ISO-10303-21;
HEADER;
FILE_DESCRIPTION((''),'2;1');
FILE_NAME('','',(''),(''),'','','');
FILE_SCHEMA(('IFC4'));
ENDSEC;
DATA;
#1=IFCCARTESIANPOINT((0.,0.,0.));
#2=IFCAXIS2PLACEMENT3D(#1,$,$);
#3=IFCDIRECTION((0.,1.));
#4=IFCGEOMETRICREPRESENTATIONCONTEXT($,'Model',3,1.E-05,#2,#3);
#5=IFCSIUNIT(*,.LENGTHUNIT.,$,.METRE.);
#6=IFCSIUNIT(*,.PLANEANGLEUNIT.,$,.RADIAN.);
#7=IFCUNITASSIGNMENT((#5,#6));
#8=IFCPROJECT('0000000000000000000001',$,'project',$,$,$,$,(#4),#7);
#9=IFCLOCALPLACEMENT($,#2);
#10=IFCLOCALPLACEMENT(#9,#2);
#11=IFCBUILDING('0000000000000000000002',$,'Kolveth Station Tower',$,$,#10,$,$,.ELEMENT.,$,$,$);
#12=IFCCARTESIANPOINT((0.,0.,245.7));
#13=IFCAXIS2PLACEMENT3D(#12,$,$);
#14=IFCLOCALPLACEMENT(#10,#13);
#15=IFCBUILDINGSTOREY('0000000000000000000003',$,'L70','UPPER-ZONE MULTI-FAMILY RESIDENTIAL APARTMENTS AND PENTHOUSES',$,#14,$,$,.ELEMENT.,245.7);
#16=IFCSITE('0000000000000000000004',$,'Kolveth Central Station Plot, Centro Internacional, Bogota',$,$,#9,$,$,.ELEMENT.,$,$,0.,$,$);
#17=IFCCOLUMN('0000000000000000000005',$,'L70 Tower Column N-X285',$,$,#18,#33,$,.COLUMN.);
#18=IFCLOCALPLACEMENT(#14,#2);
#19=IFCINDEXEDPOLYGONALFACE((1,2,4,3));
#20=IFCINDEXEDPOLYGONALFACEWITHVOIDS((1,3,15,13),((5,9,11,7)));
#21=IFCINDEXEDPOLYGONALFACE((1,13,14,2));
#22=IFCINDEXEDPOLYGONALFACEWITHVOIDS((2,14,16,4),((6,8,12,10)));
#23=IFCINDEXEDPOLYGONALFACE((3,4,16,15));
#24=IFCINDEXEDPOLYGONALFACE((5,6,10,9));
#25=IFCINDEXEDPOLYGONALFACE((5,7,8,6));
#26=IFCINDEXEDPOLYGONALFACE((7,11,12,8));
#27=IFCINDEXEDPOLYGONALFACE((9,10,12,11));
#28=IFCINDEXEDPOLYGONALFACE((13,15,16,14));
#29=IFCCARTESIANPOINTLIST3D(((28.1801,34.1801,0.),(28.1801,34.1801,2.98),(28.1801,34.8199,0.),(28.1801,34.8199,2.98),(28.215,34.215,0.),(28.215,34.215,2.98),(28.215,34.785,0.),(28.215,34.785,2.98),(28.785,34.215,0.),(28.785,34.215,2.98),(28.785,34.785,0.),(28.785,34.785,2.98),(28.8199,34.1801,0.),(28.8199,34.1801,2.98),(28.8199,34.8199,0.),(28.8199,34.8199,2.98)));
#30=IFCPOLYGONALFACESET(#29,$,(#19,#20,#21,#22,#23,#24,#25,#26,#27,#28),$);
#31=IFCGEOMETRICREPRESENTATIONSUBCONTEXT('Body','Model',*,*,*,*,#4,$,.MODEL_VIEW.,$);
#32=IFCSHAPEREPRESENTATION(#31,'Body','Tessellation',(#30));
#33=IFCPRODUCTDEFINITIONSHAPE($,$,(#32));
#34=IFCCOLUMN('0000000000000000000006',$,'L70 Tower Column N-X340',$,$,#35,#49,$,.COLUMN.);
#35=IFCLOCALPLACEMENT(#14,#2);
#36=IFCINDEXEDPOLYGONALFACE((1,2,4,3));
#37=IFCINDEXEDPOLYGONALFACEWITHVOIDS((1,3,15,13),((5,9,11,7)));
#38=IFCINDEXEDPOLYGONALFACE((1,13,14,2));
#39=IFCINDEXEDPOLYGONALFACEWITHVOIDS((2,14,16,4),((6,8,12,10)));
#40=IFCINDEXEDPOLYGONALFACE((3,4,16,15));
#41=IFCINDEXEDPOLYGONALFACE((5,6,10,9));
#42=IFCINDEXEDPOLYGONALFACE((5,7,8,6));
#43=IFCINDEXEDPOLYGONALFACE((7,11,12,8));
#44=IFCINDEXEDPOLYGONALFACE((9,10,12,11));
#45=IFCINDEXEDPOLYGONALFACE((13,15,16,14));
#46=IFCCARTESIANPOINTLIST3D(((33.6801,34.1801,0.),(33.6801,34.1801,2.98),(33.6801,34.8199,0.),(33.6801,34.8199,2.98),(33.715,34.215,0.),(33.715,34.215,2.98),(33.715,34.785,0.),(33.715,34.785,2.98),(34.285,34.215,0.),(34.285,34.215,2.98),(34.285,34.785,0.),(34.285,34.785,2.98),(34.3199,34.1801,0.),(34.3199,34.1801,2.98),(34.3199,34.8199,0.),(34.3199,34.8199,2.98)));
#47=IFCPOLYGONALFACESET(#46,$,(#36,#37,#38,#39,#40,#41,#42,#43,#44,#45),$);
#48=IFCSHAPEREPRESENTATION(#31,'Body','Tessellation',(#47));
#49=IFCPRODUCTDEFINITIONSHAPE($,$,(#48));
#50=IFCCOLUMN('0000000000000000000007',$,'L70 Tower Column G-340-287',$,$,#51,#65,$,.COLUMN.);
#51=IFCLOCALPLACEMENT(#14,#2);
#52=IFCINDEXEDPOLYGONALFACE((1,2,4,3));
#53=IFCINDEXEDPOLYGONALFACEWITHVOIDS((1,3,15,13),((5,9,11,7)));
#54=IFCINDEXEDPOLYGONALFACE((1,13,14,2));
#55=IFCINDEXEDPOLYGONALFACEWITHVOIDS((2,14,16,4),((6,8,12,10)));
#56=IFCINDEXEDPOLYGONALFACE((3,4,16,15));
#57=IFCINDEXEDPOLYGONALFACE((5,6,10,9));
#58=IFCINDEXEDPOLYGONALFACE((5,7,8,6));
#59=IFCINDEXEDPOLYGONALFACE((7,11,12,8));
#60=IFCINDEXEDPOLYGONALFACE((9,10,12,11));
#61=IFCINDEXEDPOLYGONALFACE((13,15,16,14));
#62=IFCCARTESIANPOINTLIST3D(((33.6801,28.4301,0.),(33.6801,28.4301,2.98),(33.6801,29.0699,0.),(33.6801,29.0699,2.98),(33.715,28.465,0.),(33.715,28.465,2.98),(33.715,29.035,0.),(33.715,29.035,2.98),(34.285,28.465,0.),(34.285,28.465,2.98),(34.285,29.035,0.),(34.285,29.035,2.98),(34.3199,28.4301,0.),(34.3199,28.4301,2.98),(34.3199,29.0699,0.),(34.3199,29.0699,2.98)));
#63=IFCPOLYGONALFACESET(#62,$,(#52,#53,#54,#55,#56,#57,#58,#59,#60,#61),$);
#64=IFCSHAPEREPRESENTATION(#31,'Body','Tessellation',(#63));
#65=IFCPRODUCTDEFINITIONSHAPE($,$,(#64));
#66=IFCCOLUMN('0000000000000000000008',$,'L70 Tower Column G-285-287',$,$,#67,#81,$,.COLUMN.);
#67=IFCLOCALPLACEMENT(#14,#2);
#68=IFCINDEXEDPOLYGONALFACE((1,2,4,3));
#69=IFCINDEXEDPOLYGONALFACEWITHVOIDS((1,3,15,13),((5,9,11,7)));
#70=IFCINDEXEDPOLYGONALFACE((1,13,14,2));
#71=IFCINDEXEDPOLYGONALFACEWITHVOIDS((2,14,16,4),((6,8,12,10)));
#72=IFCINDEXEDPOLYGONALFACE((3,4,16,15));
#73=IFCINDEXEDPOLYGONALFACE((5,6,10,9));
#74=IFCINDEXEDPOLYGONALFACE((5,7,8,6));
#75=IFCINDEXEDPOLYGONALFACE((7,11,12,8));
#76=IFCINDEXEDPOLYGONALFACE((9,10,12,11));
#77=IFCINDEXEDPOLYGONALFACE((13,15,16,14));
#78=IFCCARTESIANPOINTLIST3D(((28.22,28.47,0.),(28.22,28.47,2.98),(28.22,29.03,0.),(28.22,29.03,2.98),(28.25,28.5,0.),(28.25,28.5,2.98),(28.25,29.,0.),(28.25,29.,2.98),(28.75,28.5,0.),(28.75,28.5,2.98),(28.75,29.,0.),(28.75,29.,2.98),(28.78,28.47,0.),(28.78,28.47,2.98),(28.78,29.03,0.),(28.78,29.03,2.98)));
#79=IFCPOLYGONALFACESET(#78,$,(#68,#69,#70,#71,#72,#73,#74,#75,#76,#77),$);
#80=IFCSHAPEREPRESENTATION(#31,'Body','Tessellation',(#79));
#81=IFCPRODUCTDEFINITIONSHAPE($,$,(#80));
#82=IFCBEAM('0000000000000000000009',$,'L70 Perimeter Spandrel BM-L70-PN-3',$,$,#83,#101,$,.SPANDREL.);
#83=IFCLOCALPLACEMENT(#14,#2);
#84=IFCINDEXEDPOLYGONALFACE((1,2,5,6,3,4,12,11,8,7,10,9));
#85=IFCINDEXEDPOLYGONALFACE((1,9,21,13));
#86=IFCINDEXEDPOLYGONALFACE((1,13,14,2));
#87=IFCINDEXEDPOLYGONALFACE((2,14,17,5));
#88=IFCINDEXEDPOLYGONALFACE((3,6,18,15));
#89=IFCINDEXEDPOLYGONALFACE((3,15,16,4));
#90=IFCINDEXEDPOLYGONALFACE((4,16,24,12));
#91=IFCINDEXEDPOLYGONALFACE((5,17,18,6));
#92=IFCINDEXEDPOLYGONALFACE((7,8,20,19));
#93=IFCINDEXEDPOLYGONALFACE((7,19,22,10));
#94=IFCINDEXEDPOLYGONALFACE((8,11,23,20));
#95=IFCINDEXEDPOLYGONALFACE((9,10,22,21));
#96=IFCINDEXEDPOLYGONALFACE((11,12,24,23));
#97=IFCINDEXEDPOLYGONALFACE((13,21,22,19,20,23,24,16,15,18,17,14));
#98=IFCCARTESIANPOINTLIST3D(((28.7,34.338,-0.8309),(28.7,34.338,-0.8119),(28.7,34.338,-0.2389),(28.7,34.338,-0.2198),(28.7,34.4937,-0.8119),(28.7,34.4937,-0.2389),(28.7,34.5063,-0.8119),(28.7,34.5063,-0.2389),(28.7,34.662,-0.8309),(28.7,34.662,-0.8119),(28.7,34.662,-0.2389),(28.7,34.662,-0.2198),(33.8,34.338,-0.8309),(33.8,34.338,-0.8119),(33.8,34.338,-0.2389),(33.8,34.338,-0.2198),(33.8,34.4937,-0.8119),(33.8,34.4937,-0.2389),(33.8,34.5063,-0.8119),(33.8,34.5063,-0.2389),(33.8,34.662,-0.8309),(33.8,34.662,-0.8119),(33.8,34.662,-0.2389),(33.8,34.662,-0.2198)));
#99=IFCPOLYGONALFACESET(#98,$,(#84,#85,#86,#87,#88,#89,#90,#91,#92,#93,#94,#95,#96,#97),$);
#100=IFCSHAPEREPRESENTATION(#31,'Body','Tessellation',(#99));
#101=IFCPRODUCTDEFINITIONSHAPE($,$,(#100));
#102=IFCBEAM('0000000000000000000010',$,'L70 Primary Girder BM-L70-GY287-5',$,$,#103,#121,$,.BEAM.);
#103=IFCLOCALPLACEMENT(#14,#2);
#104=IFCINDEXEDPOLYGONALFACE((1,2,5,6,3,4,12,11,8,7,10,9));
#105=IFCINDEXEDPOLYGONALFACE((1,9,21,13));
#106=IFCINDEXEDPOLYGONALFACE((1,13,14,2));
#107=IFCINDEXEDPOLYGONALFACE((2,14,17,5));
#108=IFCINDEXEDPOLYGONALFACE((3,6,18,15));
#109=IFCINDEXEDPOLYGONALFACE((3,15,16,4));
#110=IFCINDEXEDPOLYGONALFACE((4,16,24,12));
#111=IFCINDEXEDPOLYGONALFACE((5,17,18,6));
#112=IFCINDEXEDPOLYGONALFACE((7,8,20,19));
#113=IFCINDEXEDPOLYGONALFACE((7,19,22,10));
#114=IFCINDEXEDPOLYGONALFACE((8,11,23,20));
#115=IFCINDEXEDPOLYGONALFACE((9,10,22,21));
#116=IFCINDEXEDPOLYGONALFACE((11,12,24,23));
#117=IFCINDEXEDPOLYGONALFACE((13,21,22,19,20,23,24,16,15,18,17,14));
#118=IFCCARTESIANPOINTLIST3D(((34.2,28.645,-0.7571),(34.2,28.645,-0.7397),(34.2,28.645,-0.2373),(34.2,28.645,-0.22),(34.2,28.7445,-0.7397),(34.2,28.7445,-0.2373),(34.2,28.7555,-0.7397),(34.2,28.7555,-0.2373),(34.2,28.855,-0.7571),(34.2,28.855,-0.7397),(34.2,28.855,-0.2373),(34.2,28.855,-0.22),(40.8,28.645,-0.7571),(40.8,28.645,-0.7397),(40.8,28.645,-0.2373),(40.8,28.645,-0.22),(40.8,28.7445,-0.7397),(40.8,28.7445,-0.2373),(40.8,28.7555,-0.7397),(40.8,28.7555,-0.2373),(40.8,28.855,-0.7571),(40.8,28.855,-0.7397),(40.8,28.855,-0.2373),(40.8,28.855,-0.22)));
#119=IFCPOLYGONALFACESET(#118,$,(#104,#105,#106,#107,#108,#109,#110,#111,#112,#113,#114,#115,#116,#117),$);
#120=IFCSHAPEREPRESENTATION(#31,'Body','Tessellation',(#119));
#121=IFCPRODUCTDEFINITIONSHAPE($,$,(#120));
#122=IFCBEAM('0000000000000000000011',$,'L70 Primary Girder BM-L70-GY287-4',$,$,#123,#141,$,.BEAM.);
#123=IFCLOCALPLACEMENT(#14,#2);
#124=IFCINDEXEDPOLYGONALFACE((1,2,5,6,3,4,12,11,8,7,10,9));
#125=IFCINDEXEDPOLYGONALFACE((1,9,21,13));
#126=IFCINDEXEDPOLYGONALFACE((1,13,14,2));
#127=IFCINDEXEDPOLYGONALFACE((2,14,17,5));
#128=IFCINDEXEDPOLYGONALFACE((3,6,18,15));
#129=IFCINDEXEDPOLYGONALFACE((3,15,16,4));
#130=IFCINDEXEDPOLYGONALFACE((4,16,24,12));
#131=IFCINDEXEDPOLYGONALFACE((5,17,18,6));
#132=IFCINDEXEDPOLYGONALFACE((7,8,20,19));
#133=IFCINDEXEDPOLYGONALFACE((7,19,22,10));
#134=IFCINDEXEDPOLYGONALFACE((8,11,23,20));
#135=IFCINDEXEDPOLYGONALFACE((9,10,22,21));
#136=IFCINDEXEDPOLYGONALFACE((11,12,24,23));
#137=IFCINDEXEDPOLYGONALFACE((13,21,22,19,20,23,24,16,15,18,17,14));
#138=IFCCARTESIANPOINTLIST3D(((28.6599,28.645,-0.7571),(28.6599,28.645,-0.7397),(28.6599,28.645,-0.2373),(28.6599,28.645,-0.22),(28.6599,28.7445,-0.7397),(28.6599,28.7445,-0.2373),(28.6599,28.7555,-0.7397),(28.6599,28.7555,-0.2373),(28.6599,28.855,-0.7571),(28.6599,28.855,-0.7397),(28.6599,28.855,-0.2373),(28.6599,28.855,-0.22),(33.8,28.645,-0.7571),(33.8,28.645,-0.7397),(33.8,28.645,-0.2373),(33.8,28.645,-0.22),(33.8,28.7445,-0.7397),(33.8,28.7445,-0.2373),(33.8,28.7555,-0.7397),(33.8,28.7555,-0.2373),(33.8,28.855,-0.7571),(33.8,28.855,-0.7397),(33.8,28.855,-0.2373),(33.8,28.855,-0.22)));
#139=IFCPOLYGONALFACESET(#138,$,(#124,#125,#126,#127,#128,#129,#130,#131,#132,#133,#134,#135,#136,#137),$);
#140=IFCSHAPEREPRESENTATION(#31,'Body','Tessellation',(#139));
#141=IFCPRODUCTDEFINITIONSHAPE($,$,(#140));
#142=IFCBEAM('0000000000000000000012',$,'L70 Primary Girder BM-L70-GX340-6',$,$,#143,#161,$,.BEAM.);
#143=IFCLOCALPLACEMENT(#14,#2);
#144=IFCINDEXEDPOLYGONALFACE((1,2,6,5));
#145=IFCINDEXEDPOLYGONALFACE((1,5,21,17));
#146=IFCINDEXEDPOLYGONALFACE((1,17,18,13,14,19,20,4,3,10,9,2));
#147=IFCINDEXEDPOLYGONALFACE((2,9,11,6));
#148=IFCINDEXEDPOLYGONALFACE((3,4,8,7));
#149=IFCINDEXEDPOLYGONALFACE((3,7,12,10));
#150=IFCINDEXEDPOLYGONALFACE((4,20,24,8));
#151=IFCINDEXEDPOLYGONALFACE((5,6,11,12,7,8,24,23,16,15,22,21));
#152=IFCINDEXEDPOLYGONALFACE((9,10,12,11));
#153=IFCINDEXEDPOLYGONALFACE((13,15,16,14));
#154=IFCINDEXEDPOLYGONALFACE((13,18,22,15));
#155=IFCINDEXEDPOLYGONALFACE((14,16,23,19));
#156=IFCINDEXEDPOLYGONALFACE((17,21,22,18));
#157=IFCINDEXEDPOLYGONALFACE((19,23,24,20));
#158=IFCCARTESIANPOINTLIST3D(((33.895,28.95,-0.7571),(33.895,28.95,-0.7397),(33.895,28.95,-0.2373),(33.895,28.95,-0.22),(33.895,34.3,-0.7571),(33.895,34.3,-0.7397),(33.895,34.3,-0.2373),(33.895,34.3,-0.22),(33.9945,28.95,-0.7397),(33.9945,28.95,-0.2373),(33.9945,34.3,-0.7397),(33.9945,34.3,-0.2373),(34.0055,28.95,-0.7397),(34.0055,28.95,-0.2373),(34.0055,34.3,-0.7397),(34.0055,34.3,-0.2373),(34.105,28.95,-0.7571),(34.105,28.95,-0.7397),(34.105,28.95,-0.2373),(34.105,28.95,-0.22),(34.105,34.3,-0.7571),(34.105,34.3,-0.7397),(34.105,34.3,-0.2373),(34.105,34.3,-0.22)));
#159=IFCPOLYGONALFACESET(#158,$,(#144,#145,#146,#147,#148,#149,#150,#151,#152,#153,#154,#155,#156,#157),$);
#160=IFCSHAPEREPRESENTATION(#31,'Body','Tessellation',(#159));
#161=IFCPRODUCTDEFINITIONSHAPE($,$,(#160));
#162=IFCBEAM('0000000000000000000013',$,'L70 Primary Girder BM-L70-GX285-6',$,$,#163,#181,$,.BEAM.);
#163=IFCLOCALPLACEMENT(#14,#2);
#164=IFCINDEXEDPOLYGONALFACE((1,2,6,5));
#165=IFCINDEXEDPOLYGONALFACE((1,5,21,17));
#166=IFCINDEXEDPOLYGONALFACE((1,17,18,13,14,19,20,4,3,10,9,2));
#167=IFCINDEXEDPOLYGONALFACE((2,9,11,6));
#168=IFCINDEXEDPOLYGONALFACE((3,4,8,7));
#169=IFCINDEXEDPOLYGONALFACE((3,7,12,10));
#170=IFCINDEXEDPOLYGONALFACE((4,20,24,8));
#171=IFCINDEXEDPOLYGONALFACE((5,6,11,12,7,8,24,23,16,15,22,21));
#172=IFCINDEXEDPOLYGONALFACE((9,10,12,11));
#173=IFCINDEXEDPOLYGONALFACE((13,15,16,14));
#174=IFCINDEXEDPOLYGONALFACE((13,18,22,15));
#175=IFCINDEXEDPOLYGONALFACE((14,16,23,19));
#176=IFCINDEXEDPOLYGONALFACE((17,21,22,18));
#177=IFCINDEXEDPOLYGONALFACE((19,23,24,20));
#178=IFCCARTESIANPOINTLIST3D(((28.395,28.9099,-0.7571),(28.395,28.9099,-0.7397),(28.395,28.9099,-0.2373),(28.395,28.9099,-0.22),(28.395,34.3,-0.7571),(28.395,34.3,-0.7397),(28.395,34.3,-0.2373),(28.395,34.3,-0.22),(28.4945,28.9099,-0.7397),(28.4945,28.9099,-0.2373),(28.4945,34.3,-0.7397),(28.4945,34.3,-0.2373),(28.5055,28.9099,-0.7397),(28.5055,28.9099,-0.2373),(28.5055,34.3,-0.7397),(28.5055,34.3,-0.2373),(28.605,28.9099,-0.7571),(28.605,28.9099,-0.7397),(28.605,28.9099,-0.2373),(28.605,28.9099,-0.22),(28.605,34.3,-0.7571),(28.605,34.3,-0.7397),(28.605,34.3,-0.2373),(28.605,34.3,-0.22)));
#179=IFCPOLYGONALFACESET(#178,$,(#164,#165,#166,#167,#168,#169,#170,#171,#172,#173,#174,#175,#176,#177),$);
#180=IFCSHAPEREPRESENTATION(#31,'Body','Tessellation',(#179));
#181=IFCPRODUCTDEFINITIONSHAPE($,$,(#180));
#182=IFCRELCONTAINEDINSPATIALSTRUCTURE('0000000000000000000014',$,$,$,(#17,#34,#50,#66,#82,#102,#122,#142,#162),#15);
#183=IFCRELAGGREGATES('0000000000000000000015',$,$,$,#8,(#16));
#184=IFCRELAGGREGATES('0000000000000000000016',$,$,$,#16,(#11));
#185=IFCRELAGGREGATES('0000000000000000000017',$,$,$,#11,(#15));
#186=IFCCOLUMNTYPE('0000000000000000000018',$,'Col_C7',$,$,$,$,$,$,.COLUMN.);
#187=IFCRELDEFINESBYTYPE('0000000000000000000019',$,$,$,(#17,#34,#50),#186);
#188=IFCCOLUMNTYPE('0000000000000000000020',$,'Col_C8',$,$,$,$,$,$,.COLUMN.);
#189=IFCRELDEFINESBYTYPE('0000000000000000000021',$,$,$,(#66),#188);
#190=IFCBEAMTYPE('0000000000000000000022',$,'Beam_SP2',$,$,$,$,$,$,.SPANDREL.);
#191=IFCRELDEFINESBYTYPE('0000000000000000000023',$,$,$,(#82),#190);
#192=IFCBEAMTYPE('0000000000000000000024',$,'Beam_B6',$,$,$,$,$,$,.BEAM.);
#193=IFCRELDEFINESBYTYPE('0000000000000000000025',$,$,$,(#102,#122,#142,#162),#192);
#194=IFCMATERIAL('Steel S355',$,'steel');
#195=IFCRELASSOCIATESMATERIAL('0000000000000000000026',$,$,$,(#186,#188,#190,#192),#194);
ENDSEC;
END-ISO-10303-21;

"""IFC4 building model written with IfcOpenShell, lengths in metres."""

from ifc_helpers import new_model, si_unit, direction, frame, origin, origin_2d, place, context, subcontext, project, spatial, hollow_rectangle, i_section, extrude, source, transform, mapped, material, material_profile, profile_set, type_object, element, save


model = new_model("IFC4")

# Units and contexts
model_context = context("Model", 3, precision=1e-05, world=origin(), true_north=direction((0.0, 1.0)))
body_context = subcontext(model_context, "Body", "Model", "MODEL_VIEW")
ifc_project = project(units=[si_unit("LENGTHUNIT", "METRE"), si_unit("PLANEANGLEUNIT", "RADIAN")], contexts=[model_context])

# Site, building, storey
site_placement = place(None, origin())
site = spatial("IfcSite", under=ifc_project, at=site_placement, Name="Kolveth Central Station Plot, Centro Internacional, Bogota", CompositionType="ELEMENT", RefElevation=0.0)
building_placement = place(site_placement, origin())
building = spatial("IfcBuilding", under=site, at=building_placement, Name="Kolveth Station Tower", CompositionType="ELEMENT")
storey_placement = place(building_placement, frame((0.0, 0.0, 245.7)))
storey = spatial("IfcBuildingStorey", under=building, at=storey_placement, Name="L70", Description="UPPER-ZONE MULTI-FAMILY RESIDENTIAL APARTMENTS AND PENTHOUSES", CompositionType="ELEMENT", Elevation=245.7)

# Columns
ifc_material_1 = material(Name="Steel S355", Category="steel")
ifc_material_profile_1 = material_profile(ifc_material_1, hollow_rectangle(XDim=0.6399, YDim=0.6399, WallThickness=0.0349, at=origin_2d()), Name="BOX640x640x35")
ifc_profile_set_1 = profile_set([ifc_material_profile_1], Name="Steel S355")
column_type_1 = type_object("IfcColumnType", Name="Col_C7", PredefinedType="COLUMN", material=ifc_profile_set_1)
shared_shape_1 = source(origin(), body_context, "Body", "SweptSolid", [
    extrude(hollow_rectangle(XDim=0.6399, YDim=0.6399, WallThickness=0.0349, at=origin_2d()), origin(), (0.0, 0.0, 1.0), 2.98),
])
for number, where, z_axis, x_axis, name in (
    (1, (28.5, 34.5, 0.0), (0.0, 0.0, 1.0), (1.0, 0.0, 0.0), "L70 Tower Column N-X285"),
    (2, (34.0, 34.5, 0.0), (0.0, 0.0, 1.0), (1.0, 0.0, 0.0), "L70 Tower Column N-X340"),
    (3, (34.0, 28.75, 0.0), (0.0, 0.0, 1.0), (1.0, 0.0, 0.0), "L70 Tower Column G-340-287"),
):
    element("IfcColumn", number, at=place(storey_placement, frame(where, z_axis=z_axis, x_axis=x_axis)), inside=storey, type_object=column_type_1, Name=name, PredefinedType="COLUMN", context=body_context, shape_type="MappedRepresentation", body=[
        mapped(shared_shape_1, transform((0.0, 0.0, 0.0), x_axis=(1.0, 0.0, 0.0), y_axis=(0.0, 1.0, 0.0), z_axis=(0.0, 0.0, 1.0), scale=1.0)),
    ])
ifc_material_profile_2 = material_profile(ifc_material_1, hollow_rectangle(XDim=0.5601, YDim=0.5601, WallThickness=0.03, at=origin_2d()), Name="BOX560x560x30")
ifc_profile_set_2 = profile_set([ifc_material_profile_2], Name="Steel S355")
column_type_2 = type_object("IfcColumnType", Name="Col_C8", PredefinedType="COLUMN", material=ifc_profile_set_2)
shared_shape_2 = source(origin(), body_context, "Body", "SweptSolid", [
    extrude(hollow_rectangle(XDim=0.5601, YDim=0.5601, WallThickness=0.03, at=origin_2d()), origin(), (0.0, 0.0, 1.0), 2.98),
])
column_placement = place(storey_placement, frame((28.5, 28.75, 0.0), z_axis=(0.0, 0.0, 1.0), x_axis=(1.0, 0.0, 0.0)))
element("IfcColumn", 4, at=column_placement, inside=storey, type_object=column_type_2, Name="L70 Tower Column G-285-287", PredefinedType="COLUMN", context=body_context, shape_type="MappedRepresentation", body=[
    mapped(shared_shape_2, transform((0.0, 0.0, 0.0), x_axis=(1.0, 0.0, 0.0), y_axis=(0.0, 1.0, 0.0), z_axis=(0.0, 0.0, 1.0), scale=1.0)),
])

# Beams
ifc_material_profile_3 = material_profile(ifc_material_1, i_section(OverallWidth=0.324, OverallDepth=0.6111, WebThickness=0.0127, FlangeThickness=0.019, at=origin_2d()), Name="W610x155")
ifc_profile_set_3 = profile_set([ifc_material_profile_3], Name="Steel S355")
beam_type_1 = type_object("IfcBeamType", Name="Beam_SP2", PredefinedType="SPANDREL", material=ifc_profile_set_3)
shared_shape_3 = source(origin(), body_context, "Body", "SweptSolid", [
    extrude(i_section(OverallWidth=0.324, OverallDepth=0.6111, WebThickness=0.0127, FlangeThickness=0.019, at=origin_2d()), origin(), (0.0, 0.0, 1.0), 5.1001),
])
beam_1_placement = place(storey_placement, frame((28.7, 34.5, -0.5254), z_axis=(1.0, 0.0, 0.0), x_axis=(0.0, 1.0, 0.0)))
element("IfcBeam", 5, at=beam_1_placement, inside=storey, type_object=beam_type_1, Name="L70 Perimeter Spandrel BM-L70-PN-3", PredefinedType="SPANDREL", context=body_context, shape_type="MappedRepresentation", body=[
    mapped(shared_shape_3, transform((0.0, 0.0, 0.0), x_axis=(1.0, 0.0, 0.0), y_axis=(0.0, 1.0, 0.0), z_axis=(0.0, 0.0, 1.0), scale=1.0)),
])
ifc_material_profile_4 = material_profile(ifc_material_1, i_section(OverallWidth=0.21, OverallDepth=0.5371, WebThickness=0.011, FlangeThickness=0.0173, at=origin_2d()), Name="W530x101")
ifc_profile_set_4 = profile_set([ifc_material_profile_4], Name="Steel S355")
beam_type_2 = type_object("IfcBeamType", Name="Beam_B6", PredefinedType="BEAM", material=ifc_profile_set_4)
shared_shape_4 = source(origin(), body_context, "Body", "SweptSolid", [
    extrude(i_section(OverallWidth=0.21, OverallDepth=0.5371, WebThickness=0.011, FlangeThickness=0.0173, at=origin_2d()), origin(), (0.0, 0.0, 1.0), 6.6001),
])
beam_2_placement = place(storey_placement, frame((34.2, 28.75, -0.4885), z_axis=(1.0, 0.0, 0.0), x_axis=(0.0, 1.0, 0.0)))
element("IfcBeam", 6, at=beam_2_placement, inside=storey, type_object=beam_type_2, Name="L70 Primary Girder BM-L70-GY287-5", PredefinedType="BEAM", context=body_context, shape_type="MappedRepresentation", body=[
    mapped(shared_shape_4, transform((0.0, 0.0, 0.0), x_axis=(1.0, 0.0, 0.0), y_axis=(0.0, 1.0, 0.0), z_axis=(0.0, 0.0, 1.0), scale=1.0)),
])
shared_shape_5 = source(origin(), body_context, "Body", "SweptSolid", [
    extrude(i_section(OverallWidth=0.21, OverallDepth=0.5371, WebThickness=0.011, FlangeThickness=0.0173, at=origin_2d()), origin(), (0.0, 0.0, 1.0), 5.1401),
])
beam_3_placement = place(storey_placement, frame((28.6599, 28.75, -0.4885), z_axis=(1.0, 0.0, 0.0), x_axis=(0.0, 1.0, 0.0)))
element("IfcBeam", 7, at=beam_3_placement, inside=storey, type_object=beam_type_2, Name="L70 Primary Girder BM-L70-GY287-4", PredefinedType="BEAM", context=body_context, shape_type="MappedRepresentation", body=[
    mapped(shared_shape_5, transform((0.0, 0.0, 0.0), x_axis=(1.0, 0.0, 0.0), y_axis=(0.0, 1.0, 0.0), z_axis=(0.0, 0.0, 1.0), scale=1.0)),
])
shared_shape_6 = source(origin(), body_context, "Body", "SweptSolid", [
    extrude(i_section(OverallWidth=0.21, OverallDepth=0.5371, WebThickness=0.011, FlangeThickness=0.0173, at=origin_2d()), origin(), (0.0, 0.0, 1.0), 5.3501),
])
beam_4_placement = place(storey_placement, frame((34.0, 28.95, -0.4885), z_axis=(0.0, 1.0, 0.0), x_axis=(-1.0, 0.0, 0.0)))
element("IfcBeam", 8, at=beam_4_placement, inside=storey, type_object=beam_type_2, Name="L70 Primary Girder BM-L70-GX340-6", PredefinedType="BEAM", context=body_context, shape_type="MappedRepresentation", body=[
    mapped(shared_shape_6, transform((0.0, 0.0, 0.0), x_axis=(1.0, 0.0, 0.0), y_axis=(0.0, 1.0, 0.0), z_axis=(0.0, 0.0, 1.0), scale=1.0)),
])
shared_shape_7 = source(origin(), body_context, "Body", "SweptSolid", [
    extrude(i_section(OverallWidth=0.21, OverallDepth=0.5371, WebThickness=0.011, FlangeThickness=0.0173, at=origin_2d()), origin(), (0.0, 0.0, 1.0), 5.3901),
])
beam_5_placement = place(storey_placement, frame((28.5, 28.9099, -0.4885), z_axis=(0.0, 1.0, 0.0), x_axis=(-1.0, 0.0, 0.0)))
element("IfcBeam", 9, at=beam_5_placement, inside=storey, type_object=beam_type_2, Name="L70 Primary Girder BM-L70-GX285-6", PredefinedType="BEAM", context=body_context, shape_type="MappedRepresentation", body=[
    mapped(shared_shape_7, transform((0.0, 0.0, 0.0), x_axis=(1.0, 0.0, 0.0), y_axis=(0.0, 1.0, 0.0), z_axis=(0.0, 0.0, 1.0), scale=1.0)),
])

save(model, "model.ifc")
